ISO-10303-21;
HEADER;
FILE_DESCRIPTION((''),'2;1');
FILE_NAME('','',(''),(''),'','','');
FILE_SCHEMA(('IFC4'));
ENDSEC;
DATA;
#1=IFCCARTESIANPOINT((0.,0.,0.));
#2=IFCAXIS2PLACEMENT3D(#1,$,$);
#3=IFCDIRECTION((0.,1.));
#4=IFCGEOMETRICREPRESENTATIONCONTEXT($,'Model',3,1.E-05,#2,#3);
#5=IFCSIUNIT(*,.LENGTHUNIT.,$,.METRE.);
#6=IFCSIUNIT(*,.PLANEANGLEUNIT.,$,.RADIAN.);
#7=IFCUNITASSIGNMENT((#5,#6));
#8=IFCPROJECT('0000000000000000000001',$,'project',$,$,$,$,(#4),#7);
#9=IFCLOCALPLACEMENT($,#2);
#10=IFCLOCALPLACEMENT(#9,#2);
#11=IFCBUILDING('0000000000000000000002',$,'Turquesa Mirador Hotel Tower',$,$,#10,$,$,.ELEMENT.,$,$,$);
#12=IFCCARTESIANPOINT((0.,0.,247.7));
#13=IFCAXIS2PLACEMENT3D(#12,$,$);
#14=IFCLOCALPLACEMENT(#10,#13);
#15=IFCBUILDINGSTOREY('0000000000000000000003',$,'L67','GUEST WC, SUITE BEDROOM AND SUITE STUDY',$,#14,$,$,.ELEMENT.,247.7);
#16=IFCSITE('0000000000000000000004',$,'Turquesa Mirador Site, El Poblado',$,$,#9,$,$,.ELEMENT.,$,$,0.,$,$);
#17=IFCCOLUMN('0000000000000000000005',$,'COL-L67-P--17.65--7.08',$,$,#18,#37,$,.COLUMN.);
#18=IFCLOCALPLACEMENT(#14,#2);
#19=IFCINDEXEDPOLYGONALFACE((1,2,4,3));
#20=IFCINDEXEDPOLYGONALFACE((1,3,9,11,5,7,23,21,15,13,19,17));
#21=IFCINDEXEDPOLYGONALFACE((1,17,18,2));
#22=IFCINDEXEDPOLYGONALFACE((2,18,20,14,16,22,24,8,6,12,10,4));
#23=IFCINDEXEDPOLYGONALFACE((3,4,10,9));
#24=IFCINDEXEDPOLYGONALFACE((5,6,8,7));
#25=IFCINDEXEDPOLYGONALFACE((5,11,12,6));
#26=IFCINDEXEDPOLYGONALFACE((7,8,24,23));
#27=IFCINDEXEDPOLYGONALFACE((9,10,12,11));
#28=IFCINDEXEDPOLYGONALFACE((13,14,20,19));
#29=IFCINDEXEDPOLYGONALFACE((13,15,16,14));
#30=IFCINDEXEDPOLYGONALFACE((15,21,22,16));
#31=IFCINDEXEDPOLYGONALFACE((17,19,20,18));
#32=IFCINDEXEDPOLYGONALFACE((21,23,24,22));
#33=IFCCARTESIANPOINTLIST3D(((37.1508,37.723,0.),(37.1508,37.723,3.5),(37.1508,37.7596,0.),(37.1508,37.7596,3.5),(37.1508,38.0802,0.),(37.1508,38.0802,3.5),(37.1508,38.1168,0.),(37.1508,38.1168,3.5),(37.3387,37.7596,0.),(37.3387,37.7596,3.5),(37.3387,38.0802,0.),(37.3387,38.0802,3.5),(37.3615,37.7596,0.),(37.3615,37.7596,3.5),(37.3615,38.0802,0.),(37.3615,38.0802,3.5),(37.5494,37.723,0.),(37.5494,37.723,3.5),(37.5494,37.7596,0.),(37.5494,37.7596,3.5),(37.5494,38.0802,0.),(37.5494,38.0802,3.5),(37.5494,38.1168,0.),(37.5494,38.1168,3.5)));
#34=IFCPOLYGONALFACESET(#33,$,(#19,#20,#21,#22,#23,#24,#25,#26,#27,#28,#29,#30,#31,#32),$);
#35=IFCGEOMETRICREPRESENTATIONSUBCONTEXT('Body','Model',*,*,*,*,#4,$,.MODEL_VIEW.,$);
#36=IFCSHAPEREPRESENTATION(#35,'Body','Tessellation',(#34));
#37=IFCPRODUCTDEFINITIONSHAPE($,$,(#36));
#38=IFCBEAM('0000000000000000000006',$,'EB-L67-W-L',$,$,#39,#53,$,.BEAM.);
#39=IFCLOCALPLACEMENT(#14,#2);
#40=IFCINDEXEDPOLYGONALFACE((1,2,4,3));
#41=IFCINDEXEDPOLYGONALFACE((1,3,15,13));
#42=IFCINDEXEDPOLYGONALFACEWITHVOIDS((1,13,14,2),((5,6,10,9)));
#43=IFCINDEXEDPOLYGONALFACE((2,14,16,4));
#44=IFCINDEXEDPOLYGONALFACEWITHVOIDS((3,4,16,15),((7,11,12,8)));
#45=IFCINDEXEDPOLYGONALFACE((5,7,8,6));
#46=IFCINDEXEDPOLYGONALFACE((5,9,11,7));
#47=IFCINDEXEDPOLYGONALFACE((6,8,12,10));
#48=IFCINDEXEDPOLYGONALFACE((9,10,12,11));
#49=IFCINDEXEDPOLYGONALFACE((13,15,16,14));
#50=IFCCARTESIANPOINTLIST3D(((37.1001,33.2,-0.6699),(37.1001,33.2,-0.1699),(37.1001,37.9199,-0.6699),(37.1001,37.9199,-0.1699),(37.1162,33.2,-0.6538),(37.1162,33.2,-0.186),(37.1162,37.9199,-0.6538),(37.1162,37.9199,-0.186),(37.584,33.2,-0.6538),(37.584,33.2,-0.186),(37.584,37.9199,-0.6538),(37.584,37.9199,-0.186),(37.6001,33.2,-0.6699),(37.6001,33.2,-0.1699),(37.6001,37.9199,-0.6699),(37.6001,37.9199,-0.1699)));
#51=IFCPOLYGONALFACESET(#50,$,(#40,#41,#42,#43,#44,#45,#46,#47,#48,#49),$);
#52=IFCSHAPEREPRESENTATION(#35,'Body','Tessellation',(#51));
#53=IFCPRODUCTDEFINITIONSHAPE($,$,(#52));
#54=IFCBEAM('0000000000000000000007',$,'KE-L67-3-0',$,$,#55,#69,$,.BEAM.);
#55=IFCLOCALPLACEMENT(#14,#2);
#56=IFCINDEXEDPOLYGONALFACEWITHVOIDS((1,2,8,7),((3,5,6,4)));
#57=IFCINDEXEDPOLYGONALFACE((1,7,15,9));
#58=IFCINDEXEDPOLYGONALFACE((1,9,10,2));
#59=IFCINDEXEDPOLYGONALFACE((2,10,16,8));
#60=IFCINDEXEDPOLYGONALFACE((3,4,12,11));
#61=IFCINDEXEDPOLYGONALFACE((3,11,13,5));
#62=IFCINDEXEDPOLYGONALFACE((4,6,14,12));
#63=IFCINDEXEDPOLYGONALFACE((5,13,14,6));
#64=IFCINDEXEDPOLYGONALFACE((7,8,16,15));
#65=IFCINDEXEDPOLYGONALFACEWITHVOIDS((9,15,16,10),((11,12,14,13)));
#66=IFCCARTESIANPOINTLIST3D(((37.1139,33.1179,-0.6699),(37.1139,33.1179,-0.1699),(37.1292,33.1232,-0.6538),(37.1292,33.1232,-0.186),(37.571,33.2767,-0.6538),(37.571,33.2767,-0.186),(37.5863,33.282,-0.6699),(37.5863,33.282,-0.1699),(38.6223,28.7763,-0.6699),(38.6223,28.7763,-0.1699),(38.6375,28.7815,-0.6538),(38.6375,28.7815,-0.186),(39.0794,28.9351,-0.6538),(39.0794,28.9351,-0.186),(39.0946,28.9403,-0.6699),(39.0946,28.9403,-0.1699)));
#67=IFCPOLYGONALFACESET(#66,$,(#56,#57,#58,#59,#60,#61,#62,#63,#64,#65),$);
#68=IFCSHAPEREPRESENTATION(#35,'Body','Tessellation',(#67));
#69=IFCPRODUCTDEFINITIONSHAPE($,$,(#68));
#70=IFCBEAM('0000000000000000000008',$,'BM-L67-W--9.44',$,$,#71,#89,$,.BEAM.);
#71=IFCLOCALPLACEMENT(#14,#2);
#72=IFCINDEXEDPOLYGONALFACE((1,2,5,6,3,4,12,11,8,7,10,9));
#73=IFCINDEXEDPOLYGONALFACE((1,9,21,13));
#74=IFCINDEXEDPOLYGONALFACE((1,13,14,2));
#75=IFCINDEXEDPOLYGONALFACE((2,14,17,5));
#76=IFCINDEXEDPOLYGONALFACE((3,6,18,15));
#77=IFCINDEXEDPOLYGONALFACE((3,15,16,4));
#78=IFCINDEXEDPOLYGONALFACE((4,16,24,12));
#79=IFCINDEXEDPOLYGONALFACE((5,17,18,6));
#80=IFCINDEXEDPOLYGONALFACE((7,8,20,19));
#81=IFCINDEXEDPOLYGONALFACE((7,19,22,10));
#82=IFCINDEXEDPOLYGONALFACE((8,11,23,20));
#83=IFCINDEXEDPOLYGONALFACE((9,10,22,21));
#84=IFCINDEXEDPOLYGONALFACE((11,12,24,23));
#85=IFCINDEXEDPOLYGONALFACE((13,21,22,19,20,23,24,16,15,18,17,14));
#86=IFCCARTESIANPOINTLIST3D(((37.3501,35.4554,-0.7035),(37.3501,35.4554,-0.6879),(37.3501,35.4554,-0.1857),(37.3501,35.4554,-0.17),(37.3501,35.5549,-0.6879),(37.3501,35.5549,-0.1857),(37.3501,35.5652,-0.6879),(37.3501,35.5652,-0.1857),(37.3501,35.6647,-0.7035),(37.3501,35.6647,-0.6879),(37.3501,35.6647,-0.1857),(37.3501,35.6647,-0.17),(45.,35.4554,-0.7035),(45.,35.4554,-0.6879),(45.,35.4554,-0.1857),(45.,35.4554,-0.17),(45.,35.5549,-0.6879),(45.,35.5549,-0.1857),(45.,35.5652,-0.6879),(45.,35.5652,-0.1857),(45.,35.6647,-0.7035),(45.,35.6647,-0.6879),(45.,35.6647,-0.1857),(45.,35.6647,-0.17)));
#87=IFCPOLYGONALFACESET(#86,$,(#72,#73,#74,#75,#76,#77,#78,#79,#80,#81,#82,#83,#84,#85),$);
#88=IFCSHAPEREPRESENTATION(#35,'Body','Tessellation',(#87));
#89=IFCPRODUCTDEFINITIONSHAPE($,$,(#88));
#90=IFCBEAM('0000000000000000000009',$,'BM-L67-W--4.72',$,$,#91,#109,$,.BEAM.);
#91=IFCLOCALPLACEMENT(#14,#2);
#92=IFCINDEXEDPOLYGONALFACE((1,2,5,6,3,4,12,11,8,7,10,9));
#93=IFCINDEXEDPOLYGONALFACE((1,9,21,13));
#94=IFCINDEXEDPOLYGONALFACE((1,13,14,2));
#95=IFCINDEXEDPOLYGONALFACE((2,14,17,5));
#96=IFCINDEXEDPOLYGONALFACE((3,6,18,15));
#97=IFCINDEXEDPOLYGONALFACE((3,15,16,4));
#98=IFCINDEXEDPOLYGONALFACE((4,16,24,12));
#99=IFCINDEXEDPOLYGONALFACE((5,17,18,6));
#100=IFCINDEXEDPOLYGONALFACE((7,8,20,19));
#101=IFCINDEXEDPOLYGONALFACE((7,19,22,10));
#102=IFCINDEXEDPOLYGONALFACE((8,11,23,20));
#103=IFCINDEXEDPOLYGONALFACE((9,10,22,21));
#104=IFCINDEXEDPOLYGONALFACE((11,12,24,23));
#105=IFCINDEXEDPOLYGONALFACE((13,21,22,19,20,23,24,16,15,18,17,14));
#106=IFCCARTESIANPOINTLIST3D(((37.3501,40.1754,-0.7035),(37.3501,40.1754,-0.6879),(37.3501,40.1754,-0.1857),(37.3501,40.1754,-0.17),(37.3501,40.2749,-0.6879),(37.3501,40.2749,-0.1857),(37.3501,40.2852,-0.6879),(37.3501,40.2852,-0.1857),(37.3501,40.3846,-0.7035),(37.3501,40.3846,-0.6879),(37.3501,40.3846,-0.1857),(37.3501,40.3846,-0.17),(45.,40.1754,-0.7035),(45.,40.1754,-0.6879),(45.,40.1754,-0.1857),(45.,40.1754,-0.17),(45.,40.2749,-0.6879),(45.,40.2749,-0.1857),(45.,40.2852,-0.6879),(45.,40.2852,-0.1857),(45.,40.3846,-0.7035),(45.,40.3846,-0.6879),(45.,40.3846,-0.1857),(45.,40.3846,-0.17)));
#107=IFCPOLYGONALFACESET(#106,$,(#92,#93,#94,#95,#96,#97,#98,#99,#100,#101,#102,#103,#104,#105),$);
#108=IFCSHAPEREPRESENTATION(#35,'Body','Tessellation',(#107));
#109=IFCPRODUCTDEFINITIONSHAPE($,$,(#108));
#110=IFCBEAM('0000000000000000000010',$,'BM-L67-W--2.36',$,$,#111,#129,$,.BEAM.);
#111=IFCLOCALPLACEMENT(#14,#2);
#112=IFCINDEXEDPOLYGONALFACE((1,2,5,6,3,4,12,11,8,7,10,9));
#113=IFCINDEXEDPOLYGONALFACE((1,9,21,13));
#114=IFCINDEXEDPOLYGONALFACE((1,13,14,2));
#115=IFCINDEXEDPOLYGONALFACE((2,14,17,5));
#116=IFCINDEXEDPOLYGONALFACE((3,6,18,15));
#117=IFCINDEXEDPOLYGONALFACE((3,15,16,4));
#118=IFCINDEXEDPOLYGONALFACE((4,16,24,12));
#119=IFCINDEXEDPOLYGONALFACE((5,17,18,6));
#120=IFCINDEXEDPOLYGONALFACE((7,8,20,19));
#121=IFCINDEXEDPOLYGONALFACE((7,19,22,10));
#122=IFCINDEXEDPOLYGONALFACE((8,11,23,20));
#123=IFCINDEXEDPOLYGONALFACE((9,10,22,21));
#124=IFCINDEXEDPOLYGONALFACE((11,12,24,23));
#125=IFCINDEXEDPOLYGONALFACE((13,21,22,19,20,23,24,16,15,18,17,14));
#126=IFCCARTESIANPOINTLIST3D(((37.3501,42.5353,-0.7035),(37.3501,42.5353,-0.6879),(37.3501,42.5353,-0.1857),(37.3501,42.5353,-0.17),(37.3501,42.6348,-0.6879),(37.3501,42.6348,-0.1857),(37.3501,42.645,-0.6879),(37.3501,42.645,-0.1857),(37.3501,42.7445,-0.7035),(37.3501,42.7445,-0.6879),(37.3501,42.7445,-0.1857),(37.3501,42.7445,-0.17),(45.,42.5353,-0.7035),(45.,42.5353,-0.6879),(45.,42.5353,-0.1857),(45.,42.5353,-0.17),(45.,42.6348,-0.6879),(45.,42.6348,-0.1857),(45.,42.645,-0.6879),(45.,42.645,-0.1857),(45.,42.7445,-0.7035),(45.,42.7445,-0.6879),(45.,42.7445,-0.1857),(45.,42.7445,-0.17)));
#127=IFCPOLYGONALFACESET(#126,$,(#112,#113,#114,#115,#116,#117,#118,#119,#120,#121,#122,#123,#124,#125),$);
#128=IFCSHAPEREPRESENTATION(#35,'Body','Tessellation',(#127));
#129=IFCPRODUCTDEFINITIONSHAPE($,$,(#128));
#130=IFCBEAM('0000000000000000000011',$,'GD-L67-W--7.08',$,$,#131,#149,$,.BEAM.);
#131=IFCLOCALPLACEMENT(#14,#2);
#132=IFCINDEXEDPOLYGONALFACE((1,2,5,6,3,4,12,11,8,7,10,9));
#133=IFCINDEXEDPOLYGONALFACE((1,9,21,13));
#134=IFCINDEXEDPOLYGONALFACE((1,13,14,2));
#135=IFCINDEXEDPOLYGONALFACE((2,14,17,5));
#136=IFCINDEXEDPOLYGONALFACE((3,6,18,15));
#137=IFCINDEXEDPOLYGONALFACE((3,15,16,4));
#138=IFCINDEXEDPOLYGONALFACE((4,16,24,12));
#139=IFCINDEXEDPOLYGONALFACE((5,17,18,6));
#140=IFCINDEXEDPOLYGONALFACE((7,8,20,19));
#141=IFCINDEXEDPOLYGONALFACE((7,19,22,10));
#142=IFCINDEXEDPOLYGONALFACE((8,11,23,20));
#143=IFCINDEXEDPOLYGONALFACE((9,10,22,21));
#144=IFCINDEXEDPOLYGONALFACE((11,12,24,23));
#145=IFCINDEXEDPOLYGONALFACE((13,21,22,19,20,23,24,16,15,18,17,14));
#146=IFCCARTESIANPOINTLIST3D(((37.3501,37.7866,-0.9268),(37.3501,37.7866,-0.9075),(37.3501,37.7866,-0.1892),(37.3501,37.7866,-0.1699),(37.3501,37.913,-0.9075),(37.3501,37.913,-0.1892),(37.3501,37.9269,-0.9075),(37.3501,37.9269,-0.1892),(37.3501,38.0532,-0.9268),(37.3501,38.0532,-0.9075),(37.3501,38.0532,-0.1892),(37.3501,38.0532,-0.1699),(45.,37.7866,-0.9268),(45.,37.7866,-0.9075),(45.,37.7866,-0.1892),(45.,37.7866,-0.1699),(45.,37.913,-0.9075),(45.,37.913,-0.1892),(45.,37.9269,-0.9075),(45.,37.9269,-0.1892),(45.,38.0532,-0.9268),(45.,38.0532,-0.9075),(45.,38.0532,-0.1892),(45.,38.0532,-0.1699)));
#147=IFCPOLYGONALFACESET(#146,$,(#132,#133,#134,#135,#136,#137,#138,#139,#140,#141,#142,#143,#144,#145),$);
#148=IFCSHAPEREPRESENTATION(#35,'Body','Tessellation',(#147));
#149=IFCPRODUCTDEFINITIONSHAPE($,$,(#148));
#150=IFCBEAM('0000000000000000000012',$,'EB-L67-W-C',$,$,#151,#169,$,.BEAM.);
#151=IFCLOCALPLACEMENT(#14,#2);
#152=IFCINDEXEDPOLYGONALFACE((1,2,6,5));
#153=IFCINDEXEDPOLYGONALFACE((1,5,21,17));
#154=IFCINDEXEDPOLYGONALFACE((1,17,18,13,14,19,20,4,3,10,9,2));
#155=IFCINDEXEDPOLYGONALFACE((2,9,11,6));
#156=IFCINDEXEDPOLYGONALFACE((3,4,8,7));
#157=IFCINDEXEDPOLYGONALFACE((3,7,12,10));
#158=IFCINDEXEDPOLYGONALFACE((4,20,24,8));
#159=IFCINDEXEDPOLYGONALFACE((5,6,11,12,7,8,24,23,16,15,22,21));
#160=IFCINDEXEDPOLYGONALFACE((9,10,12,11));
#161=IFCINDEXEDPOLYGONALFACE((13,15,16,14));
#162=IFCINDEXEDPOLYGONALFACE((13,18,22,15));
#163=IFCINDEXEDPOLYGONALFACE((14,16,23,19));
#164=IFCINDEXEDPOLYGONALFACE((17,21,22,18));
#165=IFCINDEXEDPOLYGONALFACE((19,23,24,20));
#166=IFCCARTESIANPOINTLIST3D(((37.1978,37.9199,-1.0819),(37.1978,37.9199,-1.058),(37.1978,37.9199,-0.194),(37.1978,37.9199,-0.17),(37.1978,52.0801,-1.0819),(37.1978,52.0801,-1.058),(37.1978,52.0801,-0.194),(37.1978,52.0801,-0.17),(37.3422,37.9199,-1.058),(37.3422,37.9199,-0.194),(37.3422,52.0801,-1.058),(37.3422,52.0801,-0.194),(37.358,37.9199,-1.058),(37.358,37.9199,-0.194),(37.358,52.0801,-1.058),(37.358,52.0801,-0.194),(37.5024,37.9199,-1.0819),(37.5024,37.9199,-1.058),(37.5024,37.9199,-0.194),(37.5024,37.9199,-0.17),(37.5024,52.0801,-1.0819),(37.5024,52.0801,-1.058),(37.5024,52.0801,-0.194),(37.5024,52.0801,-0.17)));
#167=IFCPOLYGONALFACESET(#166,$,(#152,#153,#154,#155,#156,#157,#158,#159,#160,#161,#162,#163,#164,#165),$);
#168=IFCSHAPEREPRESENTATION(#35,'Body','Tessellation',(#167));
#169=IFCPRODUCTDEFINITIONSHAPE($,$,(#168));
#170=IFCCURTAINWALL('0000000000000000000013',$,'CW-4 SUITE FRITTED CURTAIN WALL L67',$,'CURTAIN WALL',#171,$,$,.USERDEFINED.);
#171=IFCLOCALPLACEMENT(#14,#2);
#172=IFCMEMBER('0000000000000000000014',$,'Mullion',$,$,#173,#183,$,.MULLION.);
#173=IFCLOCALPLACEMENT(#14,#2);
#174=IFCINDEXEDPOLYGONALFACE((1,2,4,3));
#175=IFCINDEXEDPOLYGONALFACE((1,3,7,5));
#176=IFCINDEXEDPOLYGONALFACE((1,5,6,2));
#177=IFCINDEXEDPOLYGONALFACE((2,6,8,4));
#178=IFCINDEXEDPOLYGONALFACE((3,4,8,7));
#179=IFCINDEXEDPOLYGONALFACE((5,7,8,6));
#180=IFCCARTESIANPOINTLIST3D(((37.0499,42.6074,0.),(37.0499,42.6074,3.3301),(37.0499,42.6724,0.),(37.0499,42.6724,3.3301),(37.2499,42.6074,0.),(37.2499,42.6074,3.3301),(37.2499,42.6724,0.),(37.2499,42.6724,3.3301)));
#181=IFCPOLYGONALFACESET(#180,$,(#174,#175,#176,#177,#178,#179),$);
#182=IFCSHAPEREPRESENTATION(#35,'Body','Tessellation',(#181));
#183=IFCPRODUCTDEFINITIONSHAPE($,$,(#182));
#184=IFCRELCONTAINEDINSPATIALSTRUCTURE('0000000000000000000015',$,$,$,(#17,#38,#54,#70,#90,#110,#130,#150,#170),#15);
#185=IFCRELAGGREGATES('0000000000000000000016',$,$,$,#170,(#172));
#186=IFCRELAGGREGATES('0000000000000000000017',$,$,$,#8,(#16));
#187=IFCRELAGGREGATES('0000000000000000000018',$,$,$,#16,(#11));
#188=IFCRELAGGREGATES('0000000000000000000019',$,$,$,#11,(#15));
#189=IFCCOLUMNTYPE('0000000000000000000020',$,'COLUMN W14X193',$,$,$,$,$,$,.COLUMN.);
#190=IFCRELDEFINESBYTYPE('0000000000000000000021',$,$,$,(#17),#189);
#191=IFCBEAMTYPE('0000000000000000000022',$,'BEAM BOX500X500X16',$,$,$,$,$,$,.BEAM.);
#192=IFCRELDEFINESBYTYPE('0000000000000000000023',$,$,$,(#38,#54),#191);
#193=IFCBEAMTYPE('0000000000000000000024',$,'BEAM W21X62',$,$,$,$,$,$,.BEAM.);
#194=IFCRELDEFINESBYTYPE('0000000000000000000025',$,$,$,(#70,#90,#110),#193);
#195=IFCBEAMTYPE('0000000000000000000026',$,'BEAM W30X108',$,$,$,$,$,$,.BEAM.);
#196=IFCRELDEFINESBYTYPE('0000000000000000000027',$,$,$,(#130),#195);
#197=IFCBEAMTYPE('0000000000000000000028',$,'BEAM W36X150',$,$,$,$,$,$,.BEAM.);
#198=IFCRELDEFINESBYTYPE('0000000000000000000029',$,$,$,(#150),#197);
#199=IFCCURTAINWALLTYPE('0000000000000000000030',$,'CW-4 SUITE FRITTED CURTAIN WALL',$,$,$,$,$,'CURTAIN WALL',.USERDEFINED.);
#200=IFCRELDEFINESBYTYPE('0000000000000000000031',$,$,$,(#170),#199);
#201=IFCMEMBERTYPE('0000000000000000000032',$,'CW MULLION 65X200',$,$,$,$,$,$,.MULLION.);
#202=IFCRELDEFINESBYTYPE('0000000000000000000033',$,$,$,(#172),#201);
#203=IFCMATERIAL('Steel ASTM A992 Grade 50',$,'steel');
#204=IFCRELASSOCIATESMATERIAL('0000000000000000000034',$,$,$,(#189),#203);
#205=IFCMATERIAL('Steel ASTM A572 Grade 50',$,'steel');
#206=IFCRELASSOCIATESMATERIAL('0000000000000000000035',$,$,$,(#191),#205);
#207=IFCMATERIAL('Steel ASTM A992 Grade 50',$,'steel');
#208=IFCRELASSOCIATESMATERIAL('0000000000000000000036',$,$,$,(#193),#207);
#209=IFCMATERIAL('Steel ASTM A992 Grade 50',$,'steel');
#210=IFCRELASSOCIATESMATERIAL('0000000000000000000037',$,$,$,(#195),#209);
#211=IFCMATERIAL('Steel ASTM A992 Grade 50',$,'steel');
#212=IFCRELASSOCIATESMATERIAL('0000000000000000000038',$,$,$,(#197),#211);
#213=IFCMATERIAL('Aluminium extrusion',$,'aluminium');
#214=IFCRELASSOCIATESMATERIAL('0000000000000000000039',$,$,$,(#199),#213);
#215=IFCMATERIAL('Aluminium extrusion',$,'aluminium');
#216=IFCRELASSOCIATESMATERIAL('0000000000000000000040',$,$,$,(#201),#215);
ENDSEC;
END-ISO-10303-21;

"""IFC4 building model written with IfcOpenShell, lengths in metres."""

from ifc_helpers import new_model, si_unit, direction, frame, origin, origin_2d, place, context, subcontext, project, spatial, rectangle, hollow_rectangle, i_section, extrude, material, material_profile, profile_set, type_object, element, aggregate, save


model = new_model("IFC4")

# Units and contexts
model_context = context("Model", 3, precision=1e-05, world=origin(), true_north=direction((0.0, 1.0)))
body_context = subcontext(model_context, "Body", "Model", "MODEL_VIEW")
ifc_project = project(units=[si_unit("LENGTHUNIT", "METRE"), si_unit("PLANEANGLEUNIT", "RADIAN")], contexts=[model_context])

# Site, building, storey
site_placement = place(None, origin())
site = spatial("IfcSite", under=ifc_project, at=site_placement, Name="Turquesa Mirador Site, El Poblado", CompositionType="ELEMENT", RefElevation=0.0)
building_placement = place(site_placement, origin())
building = spatial("IfcBuilding", under=site, at=building_placement, Name="Turquesa Mirador Hotel Tower", CompositionType="ELEMENT")
storey_placement = place(building_placement, frame((0.0, 0.0, 247.7)))
storey = spatial("IfcBuildingStorey", under=building, at=storey_placement, Name="L67", Description="GUEST WC, SUITE BEDROOM AND SUITE STUDY", CompositionType="ELEMENT", Elevation=247.7)

# Column
ifc_material_1 = material(Name="Steel ASTM A992 Grade 50", Category="steel")
ifc_material_profile_1 = material_profile(ifc_material_1, i_section(OverallWidth=0.3987, OverallDepth=0.3938, WebThickness=0.0227, FlangeThickness=0.0366, at=origin_2d()), Name="W14X193")
ifc_profile_set_1 = profile_set([ifc_material_profile_1], Name="Steel ASTM A992 Grade 50")
column_type = type_object("IfcColumnType", Name="COLUMN W14X193", PredefinedType="COLUMN", material=ifc_profile_set_1)
column_placement = place(storey_placement, frame((37.3501, 37.9199, 0.0), z_axis=(0.0, 0.0, 1.0), x_axis=(1.0, 0.0, 0.0)))
element("IfcColumn", 1, at=column_placement, inside=storey, type_object=column_type, Name="COL-L67-P--17.65--7.08", PredefinedType="COLUMN", context=body_context, shape_type="SweptSolid", body=[
    extrude(i_section(OverallWidth=0.3987, OverallDepth=0.3938, WebThickness=0.0227, FlangeThickness=0.0366, at=origin_2d()), origin(), (0.0, 0.0, 1.0), 3.5),
])

# Beams
ifc_material_2 = material(Name="Steel ASTM A572 Grade 50", Category="steel")
ifc_material_profile_2 = material_profile(ifc_material_2, hollow_rectangle(XDim=0.5, YDim=0.5, WallThickness=0.0161, at=origin_2d()), Name="BOX500X500X16")
ifc_profile_set_2 = profile_set([ifc_material_profile_2], Name="Steel ASTM A572 Grade 50")
beam_type_1 = type_object("IfcBeamType", Name="BEAM BOX500X500X16", PredefinedType="BEAM", material=ifc_profile_set_2)
beam_1_placement = place(storey_placement, frame((37.3501, 33.2, -0.4199), z_axis=(0.0, 1.0, 0.0), x_axis=(-1.0, 0.0, 0.0)))
element("IfcBeam", 2, at=beam_1_placement, inside=storey, type_object=beam_type_1, Name="EB-L67-W-L", PredefinedType="BEAM", context=body_context, shape_type="SweptSolid", body=[
    extrude(hollow_rectangle(XDim=0.5, YDim=0.5, WallThickness=0.0161, at=origin_2d()), origin(), (0.0, 0.0, 1.0), 4.72),
])
beam_2_placement = place(storey_placement, frame((37.3501, 33.2, -0.4199), z_axis=(0.32817, -0.944619, 0.0), x_axis=(0.944619, 0.32817, 0.0)))
element("IfcBeam", 3, at=beam_2_placement, inside=storey, type_object=beam_type_1, Name="KE-L67-3-0", PredefinedType="BEAM", context=body_context, shape_type="SweptSolid", body=[
    extrude(hollow_rectangle(XDim=0.5, YDim=0.5, WallThickness=0.0161, at=origin_2d()), origin(), (0.0, 0.0, 1.0), 4.5962),
])
ifc_material_3 = material(Name="Steel ASTM A992 Grade 50", Category="steel")
ifc_material_profile_3 = material_profile(ifc_material_3, i_section(OverallWidth=0.2092, OverallDepth=0.5334, WebThickness=0.0103, FlangeThickness=0.0156, at=origin_2d()), Name="W21X62")
ifc_profile_set_3 = profile_set([ifc_material_profile_3], Name="Steel ASTM A992 Grade 50")
beam_type_2 = type_object("IfcBeamType", Name="BEAM W21X62", PredefinedType="BEAM", material=ifc_profile_set_3)
for number, where, z_axis, x_axis, name in (
    (4, (37.3501, 35.5601, -0.4368), (1.0, 0.0, 0.0), (0.0, 1.0, 0.0), "BM-L67-W--9.44"),
    (5, (37.3501, 40.28, -0.4368), (1.0, 0.0, 0.0), (0.0, 1.0, 0.0), "BM-L67-W--4.72"),
    (6, (37.3501, 42.6399, -0.4368), (1.0, 0.0, 0.0), (0.0, 1.0, 0.0), "BM-L67-W--2.36"),
):
    element("IfcBeam", number, at=place(storey_placement, frame(where, z_axis=z_axis, x_axis=x_axis)), inside=storey, type_object=beam_type_2, Name=name, PredefinedType="BEAM", context=body_context, shape_type="SweptSolid", body=[
        extrude(i_section(OverallWidth=0.2092, OverallDepth=0.5334, WebThickness=0.0103, FlangeThickness=0.0156, at=origin_2d()), origin(), (0.0, 0.0, 1.0), 7.6499),
    ])
ifc_material_4 = material(Name="Steel ASTM A992 Grade 50", Category="steel")
ifc_material_profile_4 = material_profile(ifc_material_4, i_section(OverallWidth=0.2666, OverallDepth=0.7568, WebThickness=0.0139, FlangeThickness=0.0193, at=origin_2d()), Name="W30X108")
ifc_profile_set_4 = profile_set([ifc_material_profile_4], Name="Steel ASTM A992 Grade 50")
beam_type_3 = type_object("IfcBeamType", Name="BEAM W30X108", PredefinedType="BEAM", material=ifc_profile_set_4)
beam_3_placement = place(storey_placement, frame((37.3501, 37.9199, -0.5483), z_axis=(1.0, 0.0, 0.0), x_axis=(0.0, 1.0, 0.0)))
element("IfcBeam", 7, at=beam_3_placement, inside=storey, type_object=beam_type_3, Name="GD-L67-W--7.08", PredefinedType="BEAM", context=body_context, shape_type="SweptSolid", body=[
    extrude(i_section(OverallWidth=0.2666, OverallDepth=0.7568, WebThickness=0.0139, FlangeThickness=0.0193, at=origin_2d()), origin(), (0.0, 0.0, 1.0), 7.6499),
])
ifc_material_5 = material(Name="Steel ASTM A992 Grade 50", Category="steel")
ifc_material_profile_5 = material_profile(ifc_material_5, i_section(OverallWidth=0.3047, OverallDepth=0.9119, WebThickness=0.0159, FlangeThickness=0.0239, at=origin_2d()), Name="W36X150")
ifc_profile_set_5 = profile_set([ifc_material_profile_5], Name="Steel ASTM A992 Grade 50")
beam_type_4 = type_object("IfcBeamType", Name="BEAM W36X150", PredefinedType="BEAM", material=ifc_profile_set_5)
beam_4_placement = place(storey_placement, frame((37.3501, 37.9199, -0.626), z_axis=(0.0, 1.0, 0.0), x_axis=(-1.0, 0.0, 0.0)))
element("IfcBeam", 8, at=beam_4_placement, inside=storey, type_object=beam_type_4, Name="EB-L67-W-C", PredefinedType="BEAM", context=body_context, shape_type="SweptSolid", body=[
    extrude(i_section(OverallWidth=0.3047, OverallDepth=0.9119, WebThickness=0.0159, FlangeThickness=0.0239, at=origin_2d()), origin(), (0.0, 0.0, 1.0), 14.1602),
])

# Curtain wall, member
ifc_material_6 = material(Name="Aluminium extrusion", Category="aluminium")
curtain_wall_type = type_object("IfcCurtainWallType", Name="CW-4 SUITE FRITTED CURTAIN WALL", ElementType="CURTAIN WALL", PredefinedType="USERDEFINED", material=ifc_material_6)
curtain_wall_1_placement = place(storey_placement, origin())
curtain_wall_1 = element("IfcCurtainWall", 9, at=curtain_wall_1_placement, inside=storey, type_object=curtain_wall_type, Name="CW-4 SUITE FRITTED CURTAIN WALL L67", ObjectType="CURTAIN WALL", PredefinedType="USERDEFINED")
ifc_material_7 = material(Name="Aluminium extrusion", Category="aluminium")
ifc_material_profile_6 = material_profile(ifc_material_7, rectangle(XDim=0.0649, YDim=0.2, at=origin_2d()), Name="MULLION 65X200")
ifc_profile_set_6 = profile_set([ifc_material_profile_6], Name="Aluminium extrusion")
member_type_1 = type_object("IfcMemberType", Name="CW MULLION 65X200", PredefinedType="MULLION", material=ifc_profile_set_6)
member_1_placement = place(storey_placement, frame((37.1499, 42.6399, 0.0), z_axis=(0.0, 0.0, 1.0), x_axis=(0.0, -1.0, 0.0)))
member_1 = element("IfcMember", 10, at=member_1_placement, type_object=member_type_1, Name="Mullion", PredefinedType="MULLION", context=body_context, shape_type="SweptSolid", body=[
    extrude(rectangle(XDim=0.0649, YDim=0.2, at=origin_2d()), origin(), (0.0, 0.0, 1.0), 3.3301),
])

aggregate(curtain_wall_1, [member_1])

save(model, "model.ifc")
